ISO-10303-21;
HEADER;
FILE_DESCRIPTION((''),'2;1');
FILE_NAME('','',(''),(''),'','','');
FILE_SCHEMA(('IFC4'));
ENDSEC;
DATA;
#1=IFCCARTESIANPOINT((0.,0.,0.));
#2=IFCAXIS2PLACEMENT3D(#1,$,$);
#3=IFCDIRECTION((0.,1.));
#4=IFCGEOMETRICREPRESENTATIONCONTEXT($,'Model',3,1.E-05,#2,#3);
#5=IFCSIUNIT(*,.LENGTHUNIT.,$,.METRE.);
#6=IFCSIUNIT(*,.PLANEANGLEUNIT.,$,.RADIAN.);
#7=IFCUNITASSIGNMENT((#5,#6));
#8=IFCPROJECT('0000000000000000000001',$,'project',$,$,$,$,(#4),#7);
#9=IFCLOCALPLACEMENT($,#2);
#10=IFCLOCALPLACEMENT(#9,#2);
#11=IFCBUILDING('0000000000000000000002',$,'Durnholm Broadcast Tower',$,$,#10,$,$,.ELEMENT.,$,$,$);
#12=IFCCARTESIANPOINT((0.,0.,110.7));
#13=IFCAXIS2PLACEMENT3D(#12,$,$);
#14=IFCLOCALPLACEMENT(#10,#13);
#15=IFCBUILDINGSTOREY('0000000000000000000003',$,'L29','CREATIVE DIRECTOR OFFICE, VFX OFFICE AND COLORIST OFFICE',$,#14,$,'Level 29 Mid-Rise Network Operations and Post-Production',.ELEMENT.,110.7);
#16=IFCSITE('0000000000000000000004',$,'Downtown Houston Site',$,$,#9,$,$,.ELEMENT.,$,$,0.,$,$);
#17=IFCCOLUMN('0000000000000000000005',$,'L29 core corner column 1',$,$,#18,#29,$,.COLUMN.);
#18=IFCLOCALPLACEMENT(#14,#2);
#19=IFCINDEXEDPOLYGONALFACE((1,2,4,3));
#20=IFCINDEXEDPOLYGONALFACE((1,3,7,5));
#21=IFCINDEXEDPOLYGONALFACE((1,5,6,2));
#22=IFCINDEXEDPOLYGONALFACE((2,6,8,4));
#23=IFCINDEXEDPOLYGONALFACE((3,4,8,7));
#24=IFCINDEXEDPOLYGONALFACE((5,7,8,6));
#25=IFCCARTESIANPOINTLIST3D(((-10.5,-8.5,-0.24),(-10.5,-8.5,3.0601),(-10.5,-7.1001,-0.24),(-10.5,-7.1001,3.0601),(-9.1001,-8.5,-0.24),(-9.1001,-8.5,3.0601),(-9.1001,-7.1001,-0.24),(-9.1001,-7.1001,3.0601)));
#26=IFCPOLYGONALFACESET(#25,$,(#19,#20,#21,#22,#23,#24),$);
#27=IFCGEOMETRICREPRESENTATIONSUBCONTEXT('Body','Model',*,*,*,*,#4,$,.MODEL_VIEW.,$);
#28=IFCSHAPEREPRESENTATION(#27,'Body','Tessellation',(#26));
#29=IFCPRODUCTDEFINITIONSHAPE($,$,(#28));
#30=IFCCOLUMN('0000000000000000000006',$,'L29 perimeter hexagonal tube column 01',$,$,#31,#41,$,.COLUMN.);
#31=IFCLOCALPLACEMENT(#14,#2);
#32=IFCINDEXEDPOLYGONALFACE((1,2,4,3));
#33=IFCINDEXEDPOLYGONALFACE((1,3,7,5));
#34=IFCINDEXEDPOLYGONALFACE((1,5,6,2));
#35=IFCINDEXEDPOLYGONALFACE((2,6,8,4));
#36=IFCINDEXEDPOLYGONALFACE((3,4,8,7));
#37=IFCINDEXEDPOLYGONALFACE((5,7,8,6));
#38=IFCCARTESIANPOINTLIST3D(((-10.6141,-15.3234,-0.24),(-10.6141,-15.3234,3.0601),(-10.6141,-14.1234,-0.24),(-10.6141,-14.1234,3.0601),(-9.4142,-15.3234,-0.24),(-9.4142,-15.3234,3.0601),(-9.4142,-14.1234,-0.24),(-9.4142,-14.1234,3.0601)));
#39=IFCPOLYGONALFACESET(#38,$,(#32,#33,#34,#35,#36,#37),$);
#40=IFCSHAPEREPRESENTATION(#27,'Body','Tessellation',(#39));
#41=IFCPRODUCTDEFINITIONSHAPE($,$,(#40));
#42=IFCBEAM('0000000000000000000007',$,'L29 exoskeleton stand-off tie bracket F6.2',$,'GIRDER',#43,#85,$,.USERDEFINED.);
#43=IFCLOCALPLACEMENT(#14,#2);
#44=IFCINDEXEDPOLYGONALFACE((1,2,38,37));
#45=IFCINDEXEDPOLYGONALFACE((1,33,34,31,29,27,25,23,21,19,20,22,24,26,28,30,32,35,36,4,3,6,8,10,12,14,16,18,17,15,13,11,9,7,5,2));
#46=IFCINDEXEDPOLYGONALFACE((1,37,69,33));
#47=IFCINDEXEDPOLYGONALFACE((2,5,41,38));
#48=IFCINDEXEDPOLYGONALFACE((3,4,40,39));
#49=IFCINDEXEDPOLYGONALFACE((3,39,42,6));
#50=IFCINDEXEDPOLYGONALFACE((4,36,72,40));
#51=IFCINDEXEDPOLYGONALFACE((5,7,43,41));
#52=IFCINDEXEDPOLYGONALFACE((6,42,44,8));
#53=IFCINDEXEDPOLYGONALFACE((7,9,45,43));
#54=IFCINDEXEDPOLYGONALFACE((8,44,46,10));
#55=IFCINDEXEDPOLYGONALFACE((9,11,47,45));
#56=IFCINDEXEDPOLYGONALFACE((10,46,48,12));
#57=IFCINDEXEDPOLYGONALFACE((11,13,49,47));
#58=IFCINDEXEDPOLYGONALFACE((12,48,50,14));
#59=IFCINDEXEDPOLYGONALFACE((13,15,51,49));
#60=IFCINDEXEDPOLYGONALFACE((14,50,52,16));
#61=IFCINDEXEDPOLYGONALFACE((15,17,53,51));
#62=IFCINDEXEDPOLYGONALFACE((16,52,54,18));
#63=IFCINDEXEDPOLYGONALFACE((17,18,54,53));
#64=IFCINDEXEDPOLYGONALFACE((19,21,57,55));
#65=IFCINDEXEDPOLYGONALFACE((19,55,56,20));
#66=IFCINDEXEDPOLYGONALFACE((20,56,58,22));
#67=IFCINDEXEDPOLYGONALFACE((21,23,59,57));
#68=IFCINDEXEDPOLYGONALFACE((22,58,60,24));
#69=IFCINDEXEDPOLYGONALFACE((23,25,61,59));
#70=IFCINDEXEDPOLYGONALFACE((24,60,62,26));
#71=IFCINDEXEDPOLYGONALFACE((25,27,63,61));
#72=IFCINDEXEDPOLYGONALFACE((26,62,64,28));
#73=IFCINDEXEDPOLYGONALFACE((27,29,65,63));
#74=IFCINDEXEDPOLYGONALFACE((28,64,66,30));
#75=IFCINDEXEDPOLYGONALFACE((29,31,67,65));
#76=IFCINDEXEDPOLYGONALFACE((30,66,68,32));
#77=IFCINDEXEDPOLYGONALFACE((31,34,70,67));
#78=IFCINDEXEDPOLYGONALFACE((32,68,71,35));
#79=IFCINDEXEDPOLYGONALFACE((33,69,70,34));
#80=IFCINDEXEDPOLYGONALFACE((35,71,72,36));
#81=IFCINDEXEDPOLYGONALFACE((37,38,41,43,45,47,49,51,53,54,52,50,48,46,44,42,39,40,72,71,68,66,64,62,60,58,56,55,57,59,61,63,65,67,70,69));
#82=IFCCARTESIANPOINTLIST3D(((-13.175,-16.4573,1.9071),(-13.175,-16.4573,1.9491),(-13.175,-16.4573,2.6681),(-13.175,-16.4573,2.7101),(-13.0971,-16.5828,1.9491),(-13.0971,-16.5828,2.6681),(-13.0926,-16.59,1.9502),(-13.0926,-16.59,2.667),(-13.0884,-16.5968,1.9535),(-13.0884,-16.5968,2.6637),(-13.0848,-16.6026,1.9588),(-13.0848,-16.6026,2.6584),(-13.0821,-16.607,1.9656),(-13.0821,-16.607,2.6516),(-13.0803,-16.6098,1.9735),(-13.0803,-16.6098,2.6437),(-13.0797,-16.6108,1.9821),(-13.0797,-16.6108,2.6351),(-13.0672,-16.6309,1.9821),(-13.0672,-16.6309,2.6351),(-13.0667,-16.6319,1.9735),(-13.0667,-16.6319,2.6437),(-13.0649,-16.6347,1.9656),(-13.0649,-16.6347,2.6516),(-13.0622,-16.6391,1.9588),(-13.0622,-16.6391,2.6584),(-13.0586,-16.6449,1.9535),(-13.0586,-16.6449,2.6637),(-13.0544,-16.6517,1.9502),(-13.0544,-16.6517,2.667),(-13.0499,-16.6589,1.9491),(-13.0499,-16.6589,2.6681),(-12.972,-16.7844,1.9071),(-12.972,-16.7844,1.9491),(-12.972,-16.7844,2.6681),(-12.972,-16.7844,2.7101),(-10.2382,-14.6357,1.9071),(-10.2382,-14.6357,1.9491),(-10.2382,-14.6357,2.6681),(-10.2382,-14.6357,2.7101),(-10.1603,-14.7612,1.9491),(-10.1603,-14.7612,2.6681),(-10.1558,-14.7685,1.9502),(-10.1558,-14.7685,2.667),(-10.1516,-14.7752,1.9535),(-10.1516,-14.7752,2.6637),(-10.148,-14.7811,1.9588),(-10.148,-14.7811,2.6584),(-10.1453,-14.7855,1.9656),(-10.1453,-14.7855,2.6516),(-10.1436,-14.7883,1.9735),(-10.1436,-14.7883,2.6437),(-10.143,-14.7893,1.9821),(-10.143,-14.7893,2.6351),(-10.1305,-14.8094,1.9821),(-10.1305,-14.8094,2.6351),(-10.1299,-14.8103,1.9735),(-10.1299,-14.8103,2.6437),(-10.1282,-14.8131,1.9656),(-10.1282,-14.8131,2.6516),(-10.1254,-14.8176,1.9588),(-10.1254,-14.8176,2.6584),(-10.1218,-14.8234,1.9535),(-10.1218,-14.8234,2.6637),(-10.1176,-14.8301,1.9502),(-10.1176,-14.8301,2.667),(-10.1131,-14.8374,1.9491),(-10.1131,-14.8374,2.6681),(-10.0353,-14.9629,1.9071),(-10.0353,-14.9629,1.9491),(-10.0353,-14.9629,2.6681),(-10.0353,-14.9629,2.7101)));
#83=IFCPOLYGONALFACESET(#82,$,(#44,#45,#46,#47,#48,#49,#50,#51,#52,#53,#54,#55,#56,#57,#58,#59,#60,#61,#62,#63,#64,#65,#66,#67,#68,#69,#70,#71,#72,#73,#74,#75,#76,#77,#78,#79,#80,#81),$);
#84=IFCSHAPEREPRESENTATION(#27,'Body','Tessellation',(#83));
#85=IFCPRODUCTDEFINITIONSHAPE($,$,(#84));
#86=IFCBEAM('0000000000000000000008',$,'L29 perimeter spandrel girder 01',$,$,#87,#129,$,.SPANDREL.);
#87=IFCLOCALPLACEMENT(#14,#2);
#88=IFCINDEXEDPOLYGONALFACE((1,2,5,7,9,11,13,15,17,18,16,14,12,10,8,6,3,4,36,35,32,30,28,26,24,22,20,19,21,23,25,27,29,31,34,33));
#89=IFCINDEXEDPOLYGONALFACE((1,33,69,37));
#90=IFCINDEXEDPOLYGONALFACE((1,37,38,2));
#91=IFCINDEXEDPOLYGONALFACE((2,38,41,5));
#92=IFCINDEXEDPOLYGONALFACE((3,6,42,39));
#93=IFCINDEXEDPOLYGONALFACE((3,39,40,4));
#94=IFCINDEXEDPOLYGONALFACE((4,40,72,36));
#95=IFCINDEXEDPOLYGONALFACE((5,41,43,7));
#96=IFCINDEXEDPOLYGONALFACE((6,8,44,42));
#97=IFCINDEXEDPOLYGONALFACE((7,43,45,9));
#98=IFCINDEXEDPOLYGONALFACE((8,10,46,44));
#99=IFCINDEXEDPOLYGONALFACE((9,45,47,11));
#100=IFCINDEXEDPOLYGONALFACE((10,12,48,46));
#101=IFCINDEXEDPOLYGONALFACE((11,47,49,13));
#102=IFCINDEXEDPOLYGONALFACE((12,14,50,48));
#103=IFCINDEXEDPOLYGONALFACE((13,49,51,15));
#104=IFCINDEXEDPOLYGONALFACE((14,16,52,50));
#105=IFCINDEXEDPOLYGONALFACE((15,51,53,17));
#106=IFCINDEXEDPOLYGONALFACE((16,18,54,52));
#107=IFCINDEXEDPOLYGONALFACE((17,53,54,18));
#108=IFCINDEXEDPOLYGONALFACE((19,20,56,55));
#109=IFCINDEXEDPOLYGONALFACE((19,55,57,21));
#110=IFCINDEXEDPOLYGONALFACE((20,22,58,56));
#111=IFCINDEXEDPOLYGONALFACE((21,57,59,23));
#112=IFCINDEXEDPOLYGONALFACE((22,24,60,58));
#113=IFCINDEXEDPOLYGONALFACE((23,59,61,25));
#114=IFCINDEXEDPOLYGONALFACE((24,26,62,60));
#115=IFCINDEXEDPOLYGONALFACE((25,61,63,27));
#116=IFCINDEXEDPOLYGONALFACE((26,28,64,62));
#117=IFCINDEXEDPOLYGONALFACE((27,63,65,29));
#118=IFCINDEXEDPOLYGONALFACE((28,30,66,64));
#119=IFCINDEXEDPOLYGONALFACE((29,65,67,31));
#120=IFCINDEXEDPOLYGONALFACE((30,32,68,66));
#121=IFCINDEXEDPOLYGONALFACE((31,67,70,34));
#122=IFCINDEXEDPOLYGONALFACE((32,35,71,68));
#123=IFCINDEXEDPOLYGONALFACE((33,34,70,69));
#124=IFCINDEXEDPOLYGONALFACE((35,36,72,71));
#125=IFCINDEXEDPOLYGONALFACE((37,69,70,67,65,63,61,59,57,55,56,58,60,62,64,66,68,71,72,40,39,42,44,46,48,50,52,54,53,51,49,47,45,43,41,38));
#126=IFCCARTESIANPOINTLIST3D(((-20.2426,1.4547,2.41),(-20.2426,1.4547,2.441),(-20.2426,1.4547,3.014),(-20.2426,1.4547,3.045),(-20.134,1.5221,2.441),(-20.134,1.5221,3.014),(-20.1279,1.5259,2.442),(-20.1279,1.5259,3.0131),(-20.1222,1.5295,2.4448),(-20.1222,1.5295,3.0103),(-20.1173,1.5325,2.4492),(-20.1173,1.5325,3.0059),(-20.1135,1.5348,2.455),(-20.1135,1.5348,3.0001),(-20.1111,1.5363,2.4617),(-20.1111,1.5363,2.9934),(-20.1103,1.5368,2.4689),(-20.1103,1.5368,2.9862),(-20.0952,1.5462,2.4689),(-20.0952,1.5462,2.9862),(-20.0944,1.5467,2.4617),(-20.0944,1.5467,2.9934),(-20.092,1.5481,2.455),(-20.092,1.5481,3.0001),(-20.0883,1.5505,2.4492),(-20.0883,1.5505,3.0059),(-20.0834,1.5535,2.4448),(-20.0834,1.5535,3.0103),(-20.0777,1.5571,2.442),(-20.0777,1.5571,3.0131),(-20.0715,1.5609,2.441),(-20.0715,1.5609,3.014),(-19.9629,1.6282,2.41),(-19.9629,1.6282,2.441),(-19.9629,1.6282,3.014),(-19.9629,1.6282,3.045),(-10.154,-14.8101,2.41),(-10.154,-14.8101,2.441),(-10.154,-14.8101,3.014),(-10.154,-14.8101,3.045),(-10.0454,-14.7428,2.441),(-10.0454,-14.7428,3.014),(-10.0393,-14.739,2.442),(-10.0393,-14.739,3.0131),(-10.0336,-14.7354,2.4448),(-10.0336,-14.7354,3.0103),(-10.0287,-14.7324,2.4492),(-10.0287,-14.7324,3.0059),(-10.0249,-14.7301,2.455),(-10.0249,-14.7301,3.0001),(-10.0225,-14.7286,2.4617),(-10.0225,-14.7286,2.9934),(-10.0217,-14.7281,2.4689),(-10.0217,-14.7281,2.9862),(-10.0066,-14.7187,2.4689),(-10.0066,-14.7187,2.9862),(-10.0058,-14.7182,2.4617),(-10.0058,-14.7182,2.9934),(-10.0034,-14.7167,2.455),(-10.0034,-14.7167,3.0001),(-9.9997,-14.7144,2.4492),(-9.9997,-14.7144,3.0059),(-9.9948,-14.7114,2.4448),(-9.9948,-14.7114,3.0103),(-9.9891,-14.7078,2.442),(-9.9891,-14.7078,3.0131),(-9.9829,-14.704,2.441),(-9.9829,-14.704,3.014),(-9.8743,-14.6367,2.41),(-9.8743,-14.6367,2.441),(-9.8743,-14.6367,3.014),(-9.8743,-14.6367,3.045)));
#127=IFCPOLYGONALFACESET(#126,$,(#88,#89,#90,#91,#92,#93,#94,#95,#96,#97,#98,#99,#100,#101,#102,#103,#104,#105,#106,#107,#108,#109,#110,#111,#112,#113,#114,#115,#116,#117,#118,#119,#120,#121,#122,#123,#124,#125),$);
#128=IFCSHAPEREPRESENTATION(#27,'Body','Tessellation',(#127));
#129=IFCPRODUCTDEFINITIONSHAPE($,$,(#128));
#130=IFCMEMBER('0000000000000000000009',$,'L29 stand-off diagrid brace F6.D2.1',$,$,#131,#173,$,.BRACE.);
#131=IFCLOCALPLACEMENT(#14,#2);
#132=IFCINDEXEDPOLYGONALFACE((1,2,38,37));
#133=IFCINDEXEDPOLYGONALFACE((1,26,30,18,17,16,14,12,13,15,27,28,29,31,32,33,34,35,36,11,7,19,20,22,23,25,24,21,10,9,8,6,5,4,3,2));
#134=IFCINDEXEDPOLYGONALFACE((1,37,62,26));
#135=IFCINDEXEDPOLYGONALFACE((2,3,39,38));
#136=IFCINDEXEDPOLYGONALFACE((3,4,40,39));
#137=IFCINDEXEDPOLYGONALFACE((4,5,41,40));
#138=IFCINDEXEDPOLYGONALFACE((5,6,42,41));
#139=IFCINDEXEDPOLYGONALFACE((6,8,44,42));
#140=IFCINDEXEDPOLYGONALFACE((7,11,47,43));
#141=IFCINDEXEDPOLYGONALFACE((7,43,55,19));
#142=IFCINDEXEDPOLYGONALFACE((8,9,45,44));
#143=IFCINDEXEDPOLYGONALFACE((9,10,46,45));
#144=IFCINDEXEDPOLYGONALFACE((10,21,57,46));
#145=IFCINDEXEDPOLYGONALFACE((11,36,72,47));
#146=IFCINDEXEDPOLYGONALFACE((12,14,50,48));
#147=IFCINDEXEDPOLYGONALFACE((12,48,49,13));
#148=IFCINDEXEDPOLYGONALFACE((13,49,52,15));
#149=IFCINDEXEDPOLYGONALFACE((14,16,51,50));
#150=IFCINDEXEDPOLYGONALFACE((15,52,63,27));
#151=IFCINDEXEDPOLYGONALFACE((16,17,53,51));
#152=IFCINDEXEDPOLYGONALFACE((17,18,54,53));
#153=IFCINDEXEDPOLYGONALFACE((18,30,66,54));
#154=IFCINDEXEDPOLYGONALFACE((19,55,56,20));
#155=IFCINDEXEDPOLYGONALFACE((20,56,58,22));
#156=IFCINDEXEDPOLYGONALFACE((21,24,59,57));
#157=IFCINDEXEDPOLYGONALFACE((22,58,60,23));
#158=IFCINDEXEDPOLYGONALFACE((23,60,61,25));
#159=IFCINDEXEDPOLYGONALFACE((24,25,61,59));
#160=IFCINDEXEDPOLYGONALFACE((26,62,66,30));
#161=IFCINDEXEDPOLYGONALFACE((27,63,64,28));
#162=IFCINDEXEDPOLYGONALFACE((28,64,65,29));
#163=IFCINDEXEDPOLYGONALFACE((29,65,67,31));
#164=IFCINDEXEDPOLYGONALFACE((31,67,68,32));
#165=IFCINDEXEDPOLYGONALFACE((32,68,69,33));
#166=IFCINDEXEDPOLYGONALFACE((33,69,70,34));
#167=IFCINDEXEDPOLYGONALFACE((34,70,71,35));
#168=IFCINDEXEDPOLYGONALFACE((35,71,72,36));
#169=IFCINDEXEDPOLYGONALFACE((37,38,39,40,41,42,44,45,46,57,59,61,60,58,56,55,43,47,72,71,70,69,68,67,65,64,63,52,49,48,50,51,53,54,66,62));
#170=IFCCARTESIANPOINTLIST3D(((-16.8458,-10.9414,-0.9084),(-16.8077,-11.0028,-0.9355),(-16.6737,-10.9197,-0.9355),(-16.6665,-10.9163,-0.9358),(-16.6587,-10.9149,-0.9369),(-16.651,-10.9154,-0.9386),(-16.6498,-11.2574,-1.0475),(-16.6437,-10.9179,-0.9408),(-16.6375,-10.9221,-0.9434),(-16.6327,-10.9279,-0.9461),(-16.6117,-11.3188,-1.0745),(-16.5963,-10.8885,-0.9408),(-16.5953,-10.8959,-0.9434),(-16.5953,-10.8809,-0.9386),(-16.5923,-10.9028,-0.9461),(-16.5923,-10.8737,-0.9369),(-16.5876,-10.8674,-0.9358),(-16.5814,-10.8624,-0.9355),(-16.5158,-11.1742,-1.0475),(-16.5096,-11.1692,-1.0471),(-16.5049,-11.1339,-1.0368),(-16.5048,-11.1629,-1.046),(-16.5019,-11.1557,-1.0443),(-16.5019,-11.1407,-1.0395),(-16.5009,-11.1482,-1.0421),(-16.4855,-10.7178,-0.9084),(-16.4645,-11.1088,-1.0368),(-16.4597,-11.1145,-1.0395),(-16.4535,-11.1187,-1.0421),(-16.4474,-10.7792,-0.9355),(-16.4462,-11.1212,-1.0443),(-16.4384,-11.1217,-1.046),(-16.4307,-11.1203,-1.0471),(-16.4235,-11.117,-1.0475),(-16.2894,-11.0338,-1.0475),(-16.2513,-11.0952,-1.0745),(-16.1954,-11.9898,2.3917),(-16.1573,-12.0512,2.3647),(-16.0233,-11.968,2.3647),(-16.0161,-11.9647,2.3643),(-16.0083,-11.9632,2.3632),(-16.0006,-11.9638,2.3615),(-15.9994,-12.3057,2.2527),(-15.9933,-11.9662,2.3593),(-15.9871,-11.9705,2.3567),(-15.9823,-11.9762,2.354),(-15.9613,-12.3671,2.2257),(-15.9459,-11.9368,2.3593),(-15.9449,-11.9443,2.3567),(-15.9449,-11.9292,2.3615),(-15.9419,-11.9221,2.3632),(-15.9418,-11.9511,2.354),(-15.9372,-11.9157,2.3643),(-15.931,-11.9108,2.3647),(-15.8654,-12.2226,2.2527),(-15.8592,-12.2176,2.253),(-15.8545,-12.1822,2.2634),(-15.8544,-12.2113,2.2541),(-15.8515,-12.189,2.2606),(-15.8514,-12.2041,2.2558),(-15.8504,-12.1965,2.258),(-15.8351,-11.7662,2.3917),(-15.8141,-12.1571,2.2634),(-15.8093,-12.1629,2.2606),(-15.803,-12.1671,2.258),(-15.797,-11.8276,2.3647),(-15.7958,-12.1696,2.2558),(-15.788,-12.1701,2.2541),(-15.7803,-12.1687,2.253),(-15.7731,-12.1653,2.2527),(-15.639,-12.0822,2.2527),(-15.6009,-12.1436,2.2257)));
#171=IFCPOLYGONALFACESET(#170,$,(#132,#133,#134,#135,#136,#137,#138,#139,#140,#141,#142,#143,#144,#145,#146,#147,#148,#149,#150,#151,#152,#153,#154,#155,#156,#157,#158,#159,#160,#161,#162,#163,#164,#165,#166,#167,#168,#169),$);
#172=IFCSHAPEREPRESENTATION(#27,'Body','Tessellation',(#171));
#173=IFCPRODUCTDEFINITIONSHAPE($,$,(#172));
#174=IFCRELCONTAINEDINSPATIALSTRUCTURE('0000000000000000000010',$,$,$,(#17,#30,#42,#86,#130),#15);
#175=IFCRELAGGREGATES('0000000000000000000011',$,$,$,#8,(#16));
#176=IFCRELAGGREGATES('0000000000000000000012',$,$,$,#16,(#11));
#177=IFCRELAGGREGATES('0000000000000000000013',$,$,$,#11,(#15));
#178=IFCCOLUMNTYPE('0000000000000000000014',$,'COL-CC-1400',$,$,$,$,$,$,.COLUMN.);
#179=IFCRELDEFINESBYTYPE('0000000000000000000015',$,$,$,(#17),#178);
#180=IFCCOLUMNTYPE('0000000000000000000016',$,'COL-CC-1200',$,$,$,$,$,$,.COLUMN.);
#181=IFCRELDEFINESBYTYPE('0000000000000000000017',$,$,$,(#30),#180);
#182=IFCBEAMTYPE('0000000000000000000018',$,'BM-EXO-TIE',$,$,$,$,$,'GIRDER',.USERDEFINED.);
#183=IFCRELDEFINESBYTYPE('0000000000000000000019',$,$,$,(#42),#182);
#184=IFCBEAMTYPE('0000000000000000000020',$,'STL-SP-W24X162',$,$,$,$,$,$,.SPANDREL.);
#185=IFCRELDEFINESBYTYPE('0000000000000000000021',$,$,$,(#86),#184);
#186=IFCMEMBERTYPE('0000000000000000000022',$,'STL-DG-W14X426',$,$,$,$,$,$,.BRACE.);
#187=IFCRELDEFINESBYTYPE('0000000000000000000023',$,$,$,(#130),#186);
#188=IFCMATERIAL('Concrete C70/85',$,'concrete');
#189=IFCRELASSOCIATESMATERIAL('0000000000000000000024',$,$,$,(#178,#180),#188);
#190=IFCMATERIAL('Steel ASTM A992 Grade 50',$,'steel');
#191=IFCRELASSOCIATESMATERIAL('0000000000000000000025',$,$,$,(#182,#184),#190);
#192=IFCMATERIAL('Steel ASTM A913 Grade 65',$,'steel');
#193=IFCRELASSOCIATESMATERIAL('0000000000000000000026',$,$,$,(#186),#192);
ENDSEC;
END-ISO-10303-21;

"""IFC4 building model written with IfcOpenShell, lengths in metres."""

from ifc_helpers import new_model, si_unit, direction, frame, origin, origin_2d, place, context, subcontext, project, spatial, rectangle, i_section, extrude, source, transform, mapped, material, material_profile, profile_set, type_object, type_shapes, element, save


model = new_model("IFC4")

# Units and contexts
model_context = context("Model", 3, precision=1e-05, world=origin(), true_north=direction((0.0, 1.0)))
body_context = subcontext(model_context, "Body", "Model", "MODEL_VIEW")
ifc_project = project(units=[si_unit("LENGTHUNIT", "METRE"), si_unit("PLANEANGLEUNIT", "RADIAN")], contexts=[model_context])

# Site, building, storey
site_placement = place(None, origin())
site = spatial("IfcSite", under=ifc_project, at=site_placement, Name="Downtown Houston Site", CompositionType="ELEMENT", RefElevation=0.0)
building_placement = place(site_placement, origin())
building = spatial("IfcBuilding", under=site, at=building_placement, Name="Durnholm Broadcast Tower", CompositionType="ELEMENT")
storey_placement = place(building_placement, frame((0.0, 0.0, 110.7)))
storey = spatial("IfcBuildingStorey", under=building, at=storey_placement, Name="L29", Description="CREATIVE DIRECTOR OFFICE, VFX OFFICE AND COLORIST OFFICE", LongName="Level 29 Mid-Rise Network Operations and Post-Production", CompositionType="ELEMENT", Elevation=110.7)

# Columns
ifc_material_1 = material(Name="Concrete C70/85", Category="concrete")
ifc_material_profile_1 = material_profile(ifc_material_1, rectangle(XDim=1.3999, YDim=1.3999, at=origin_2d()), Name="RC1400X1400")
ifc_profile_set_1 = profile_set([ifc_material_profile_1], Name="Concrete C70/85")
column_type_1 = type_object("IfcColumnType", Name="COL-CC-1400", PredefinedType="COLUMN", material=ifc_profile_set_1)
shared_shape_1 = source(origin(), body_context, "Body", "SweptSolid", [
    extrude(rectangle(XDim=1.3999, YDim=1.3999, at=origin_2d()), origin(), (0.0, 0.0, 1.0), 3.3),
])
type_shapes(column_type_1, [shared_shape_1])
column_1_placement = place(storey_placement, frame((-9.8, -7.8, -0.24), z_axis=(0.0, 0.0, 1.0), x_axis=(1.0, 0.0, 0.0)))
element("IfcColumn", 1, at=column_1_placement, inside=storey, type_object=column_type_1, Name="L29 core corner column 1", PredefinedType="COLUMN", context=body_context, shape_type="MappedRepresentation", body=[
    mapped(shared_shape_1, transform((0.0, 0.0, 0.0), x_axis=(1.0, 0.0, 0.0), y_axis=(0.0, 1.0, 0.0), z_axis=(0.0, 0.0, 1.0), scale=1.0)),
])
ifc_material_profile_2 = material_profile(ifc_material_1, rectangle(XDim=1.2, YDim=1.2, at=origin_2d()), Name="RC1200X1200")
ifc_profile_set_2 = profile_set([ifc_material_profile_2], Name="Concrete C70/85")
column_type_2 = type_object("IfcColumnType", Name="COL-CC-1200", PredefinedType="COLUMN", material=ifc_profile_set_2)
shared_shape_2 = source(origin(), body_context, "Body", "SweptSolid", [
    extrude(rectangle(XDim=1.2, YDim=1.2, at=origin_2d()), origin(), (0.0, 0.0, 1.0), 3.3),
])
type_shapes(column_type_2, [shared_shape_2])
column_2_placement = place(storey_placement, frame((-10.0142, -14.7234, -0.24), z_axis=(0.0, 0.0, 1.0), x_axis=(1.0, 0.0, 0.0)))
element("IfcColumn", 2, at=column_2_placement, inside=storey, type_object=column_type_2, Name="L29 perimeter hexagonal tube column 01", PredefinedType="COLUMN", context=body_context, shape_type="MappedRepresentation", body=[
    mapped(shared_shape_2, transform((0.0, 0.0, 0.0), x_axis=(1.0, 0.0, 0.0), y_axis=(0.0, 1.0, 0.0), z_axis=(0.0, 0.0, 1.0), scale=1.0)),
])

# Beams
ifc_material_2 = material(Name="Steel ASTM A992 Grade 50", Category="steel")
ifc_material_profile_3 = material_profile(ifc_material_2, i_section(OverallWidth=0.385, OverallDepth=0.803, WebThickness=0.0237, FlangeThickness=0.042, FilletRadius=0.033, at=origin_2d()), Name="W30X261")
ifc_profile_set_3 = profile_set([ifc_material_profile_3], Name="Steel ASTM A992 Grade 50")
beam_type_1 = type_object("IfcBeamType", Name="BM-EXO-TIE", ElementType="GIRDER", PredefinedType="USERDEFINED", material=ifc_profile_set_3)
shared_shape_3 = source(origin(), body_context, "Body", "SweptSolid", [
    extrude(i_section(OverallWidth=0.385, OverallDepth=0.803, WebThickness=0.0237, FlangeThickness=0.042, FilletRadius=0.033, at=origin_2d()), origin(), (0.0, 0.0, 1.0), 3.4558),
])
type_shapes(beam_type_1, [shared_shape_3])
beam_1_placement = place(storey_placement, frame((-10.1367, -14.7993, 2.3086), z_axis=(-0.849807, -0.527094, 0.0), x_axis=(0.527094, -0.849807, 0.0)))
element("IfcBeam", 3, at=beam_1_placement, inside=storey, type_object=beam_type_1, Name="L29 exoskeleton stand-off tie bracket F6.2", ObjectType="GIRDER", PredefinedType="USERDEFINED", context=body_context, shape_type="MappedRepresentation", body=[
    mapped(shared_shape_3, transform((0.0, 0.0, 0.0), x_axis=(1.0, 0.0, 0.0), y_axis=(0.0, 1.0, 0.0), z_axis=(0.0, 0.0, 1.0), scale=1.0)),
])
ifc_material_profile_4 = material_profile(ifc_material_2, i_section(OverallWidth=0.3291, OverallDepth=0.635, WebThickness=0.0178, FlangeThickness=0.031, FilletRadius=0.0278, at=origin_2d()), Name="W24X162")
ifc_profile_set_4 = profile_set([ifc_material_profile_4], Name="Steel ASTM A992 Grade 50")
beam_type_2 = type_object("IfcBeamType", Name="STL-SP-W24X162", PredefinedType="SPANDREL", material=ifc_profile_set_4)
shared_shape_4 = source(origin(), body_context, "Body", "SweptSolid", [
    extrude(i_section(OverallWidth=0.3291, OverallDepth=0.635, WebThickness=0.0178, FlangeThickness=0.031, FilletRadius=0.0278, at=origin_2d()), origin(), (0.0, 0.0, 1.0), 19.1396),
])
type_shapes(beam_type_2, [shared_shape_4])
beam_2_placement = place(storey_placement, frame((-10.0142, -14.7234, 2.7275), z_axis=(-0.527105, 0.8498, 0.0), x_axis=(-0.8498, -0.527105, 0.0)))
element("IfcBeam", 4, at=beam_2_placement, inside=storey, type_object=beam_type_2, Name="L29 perimeter spandrel girder 01", PredefinedType="SPANDREL", context=body_context, shape_type="MappedRepresentation", body=[
    mapped(shared_shape_4, transform((0.0, 0.0, 0.0), x_axis=(1.0, 0.0, 0.0), y_axis=(0.0, 1.0, 0.0), z_axis=(0.0, 0.0, 1.0), scale=1.0)),
])

# Member
ifc_material_3 = material(Name="Steel ASTM A913 Grade 65", Category="steel")
ifc_material_profile_5 = material_profile(ifc_material_3, i_section(OverallWidth=0.4241, OverallDepth=0.4741, WebThickness=0.0476, FlangeThickness=0.0771, FilletRadius=0.0305, at=origin_2d()), Name="W14X426")
ifc_profile_set_5 = profile_set([ifc_material_profile_5], Name="Steel ASTM A913 Grade 65")
member_type_1 = type_object("IfcMemberType", Name="STL-DG-W14X426", PredefinedType="BRACE", material=ifc_profile_set_5)
shared_shape_5 = source(origin(), body_context, "Body", "SweptSolid", [
    extrude(i_section(OverallWidth=0.4241, OverallDepth=0.4741, WebThickness=0.0476, FlangeThickness=0.0771, FilletRadius=0.0305, at=origin_2d()), origin(), (0.0, 0.0, 1.0), 3.5232),
])
type_shapes(member_type_1, [shared_shape_5])
for number, where, z_axis, x_axis, name in (
    (5, (-16.5486, -11.0183, -0.9915), (0.184607, -0.29756, 0.936685), (0.84975, 0.527186, 0.0), "L29 stand-off diagrid brace F6.D2.1"),
):
    element("IfcMember", number, at=place(storey_placement, frame(where, z_axis=z_axis, x_axis=x_axis)), inside=storey, type_object=member_type_1, Name=name, PredefinedType="BRACE", context=body_context, shape_type="MappedRepresentation", body=[
        mapped(shared_shape_5, transform((0.0, 0.0, 0.0), x_axis=(1.0, 0.0, 0.0), y_axis=(0.0, 1.0, 0.0), z_axis=(0.0, 0.0, 1.0), scale=1.0)),
    ])

save(model, "model.ifc")
